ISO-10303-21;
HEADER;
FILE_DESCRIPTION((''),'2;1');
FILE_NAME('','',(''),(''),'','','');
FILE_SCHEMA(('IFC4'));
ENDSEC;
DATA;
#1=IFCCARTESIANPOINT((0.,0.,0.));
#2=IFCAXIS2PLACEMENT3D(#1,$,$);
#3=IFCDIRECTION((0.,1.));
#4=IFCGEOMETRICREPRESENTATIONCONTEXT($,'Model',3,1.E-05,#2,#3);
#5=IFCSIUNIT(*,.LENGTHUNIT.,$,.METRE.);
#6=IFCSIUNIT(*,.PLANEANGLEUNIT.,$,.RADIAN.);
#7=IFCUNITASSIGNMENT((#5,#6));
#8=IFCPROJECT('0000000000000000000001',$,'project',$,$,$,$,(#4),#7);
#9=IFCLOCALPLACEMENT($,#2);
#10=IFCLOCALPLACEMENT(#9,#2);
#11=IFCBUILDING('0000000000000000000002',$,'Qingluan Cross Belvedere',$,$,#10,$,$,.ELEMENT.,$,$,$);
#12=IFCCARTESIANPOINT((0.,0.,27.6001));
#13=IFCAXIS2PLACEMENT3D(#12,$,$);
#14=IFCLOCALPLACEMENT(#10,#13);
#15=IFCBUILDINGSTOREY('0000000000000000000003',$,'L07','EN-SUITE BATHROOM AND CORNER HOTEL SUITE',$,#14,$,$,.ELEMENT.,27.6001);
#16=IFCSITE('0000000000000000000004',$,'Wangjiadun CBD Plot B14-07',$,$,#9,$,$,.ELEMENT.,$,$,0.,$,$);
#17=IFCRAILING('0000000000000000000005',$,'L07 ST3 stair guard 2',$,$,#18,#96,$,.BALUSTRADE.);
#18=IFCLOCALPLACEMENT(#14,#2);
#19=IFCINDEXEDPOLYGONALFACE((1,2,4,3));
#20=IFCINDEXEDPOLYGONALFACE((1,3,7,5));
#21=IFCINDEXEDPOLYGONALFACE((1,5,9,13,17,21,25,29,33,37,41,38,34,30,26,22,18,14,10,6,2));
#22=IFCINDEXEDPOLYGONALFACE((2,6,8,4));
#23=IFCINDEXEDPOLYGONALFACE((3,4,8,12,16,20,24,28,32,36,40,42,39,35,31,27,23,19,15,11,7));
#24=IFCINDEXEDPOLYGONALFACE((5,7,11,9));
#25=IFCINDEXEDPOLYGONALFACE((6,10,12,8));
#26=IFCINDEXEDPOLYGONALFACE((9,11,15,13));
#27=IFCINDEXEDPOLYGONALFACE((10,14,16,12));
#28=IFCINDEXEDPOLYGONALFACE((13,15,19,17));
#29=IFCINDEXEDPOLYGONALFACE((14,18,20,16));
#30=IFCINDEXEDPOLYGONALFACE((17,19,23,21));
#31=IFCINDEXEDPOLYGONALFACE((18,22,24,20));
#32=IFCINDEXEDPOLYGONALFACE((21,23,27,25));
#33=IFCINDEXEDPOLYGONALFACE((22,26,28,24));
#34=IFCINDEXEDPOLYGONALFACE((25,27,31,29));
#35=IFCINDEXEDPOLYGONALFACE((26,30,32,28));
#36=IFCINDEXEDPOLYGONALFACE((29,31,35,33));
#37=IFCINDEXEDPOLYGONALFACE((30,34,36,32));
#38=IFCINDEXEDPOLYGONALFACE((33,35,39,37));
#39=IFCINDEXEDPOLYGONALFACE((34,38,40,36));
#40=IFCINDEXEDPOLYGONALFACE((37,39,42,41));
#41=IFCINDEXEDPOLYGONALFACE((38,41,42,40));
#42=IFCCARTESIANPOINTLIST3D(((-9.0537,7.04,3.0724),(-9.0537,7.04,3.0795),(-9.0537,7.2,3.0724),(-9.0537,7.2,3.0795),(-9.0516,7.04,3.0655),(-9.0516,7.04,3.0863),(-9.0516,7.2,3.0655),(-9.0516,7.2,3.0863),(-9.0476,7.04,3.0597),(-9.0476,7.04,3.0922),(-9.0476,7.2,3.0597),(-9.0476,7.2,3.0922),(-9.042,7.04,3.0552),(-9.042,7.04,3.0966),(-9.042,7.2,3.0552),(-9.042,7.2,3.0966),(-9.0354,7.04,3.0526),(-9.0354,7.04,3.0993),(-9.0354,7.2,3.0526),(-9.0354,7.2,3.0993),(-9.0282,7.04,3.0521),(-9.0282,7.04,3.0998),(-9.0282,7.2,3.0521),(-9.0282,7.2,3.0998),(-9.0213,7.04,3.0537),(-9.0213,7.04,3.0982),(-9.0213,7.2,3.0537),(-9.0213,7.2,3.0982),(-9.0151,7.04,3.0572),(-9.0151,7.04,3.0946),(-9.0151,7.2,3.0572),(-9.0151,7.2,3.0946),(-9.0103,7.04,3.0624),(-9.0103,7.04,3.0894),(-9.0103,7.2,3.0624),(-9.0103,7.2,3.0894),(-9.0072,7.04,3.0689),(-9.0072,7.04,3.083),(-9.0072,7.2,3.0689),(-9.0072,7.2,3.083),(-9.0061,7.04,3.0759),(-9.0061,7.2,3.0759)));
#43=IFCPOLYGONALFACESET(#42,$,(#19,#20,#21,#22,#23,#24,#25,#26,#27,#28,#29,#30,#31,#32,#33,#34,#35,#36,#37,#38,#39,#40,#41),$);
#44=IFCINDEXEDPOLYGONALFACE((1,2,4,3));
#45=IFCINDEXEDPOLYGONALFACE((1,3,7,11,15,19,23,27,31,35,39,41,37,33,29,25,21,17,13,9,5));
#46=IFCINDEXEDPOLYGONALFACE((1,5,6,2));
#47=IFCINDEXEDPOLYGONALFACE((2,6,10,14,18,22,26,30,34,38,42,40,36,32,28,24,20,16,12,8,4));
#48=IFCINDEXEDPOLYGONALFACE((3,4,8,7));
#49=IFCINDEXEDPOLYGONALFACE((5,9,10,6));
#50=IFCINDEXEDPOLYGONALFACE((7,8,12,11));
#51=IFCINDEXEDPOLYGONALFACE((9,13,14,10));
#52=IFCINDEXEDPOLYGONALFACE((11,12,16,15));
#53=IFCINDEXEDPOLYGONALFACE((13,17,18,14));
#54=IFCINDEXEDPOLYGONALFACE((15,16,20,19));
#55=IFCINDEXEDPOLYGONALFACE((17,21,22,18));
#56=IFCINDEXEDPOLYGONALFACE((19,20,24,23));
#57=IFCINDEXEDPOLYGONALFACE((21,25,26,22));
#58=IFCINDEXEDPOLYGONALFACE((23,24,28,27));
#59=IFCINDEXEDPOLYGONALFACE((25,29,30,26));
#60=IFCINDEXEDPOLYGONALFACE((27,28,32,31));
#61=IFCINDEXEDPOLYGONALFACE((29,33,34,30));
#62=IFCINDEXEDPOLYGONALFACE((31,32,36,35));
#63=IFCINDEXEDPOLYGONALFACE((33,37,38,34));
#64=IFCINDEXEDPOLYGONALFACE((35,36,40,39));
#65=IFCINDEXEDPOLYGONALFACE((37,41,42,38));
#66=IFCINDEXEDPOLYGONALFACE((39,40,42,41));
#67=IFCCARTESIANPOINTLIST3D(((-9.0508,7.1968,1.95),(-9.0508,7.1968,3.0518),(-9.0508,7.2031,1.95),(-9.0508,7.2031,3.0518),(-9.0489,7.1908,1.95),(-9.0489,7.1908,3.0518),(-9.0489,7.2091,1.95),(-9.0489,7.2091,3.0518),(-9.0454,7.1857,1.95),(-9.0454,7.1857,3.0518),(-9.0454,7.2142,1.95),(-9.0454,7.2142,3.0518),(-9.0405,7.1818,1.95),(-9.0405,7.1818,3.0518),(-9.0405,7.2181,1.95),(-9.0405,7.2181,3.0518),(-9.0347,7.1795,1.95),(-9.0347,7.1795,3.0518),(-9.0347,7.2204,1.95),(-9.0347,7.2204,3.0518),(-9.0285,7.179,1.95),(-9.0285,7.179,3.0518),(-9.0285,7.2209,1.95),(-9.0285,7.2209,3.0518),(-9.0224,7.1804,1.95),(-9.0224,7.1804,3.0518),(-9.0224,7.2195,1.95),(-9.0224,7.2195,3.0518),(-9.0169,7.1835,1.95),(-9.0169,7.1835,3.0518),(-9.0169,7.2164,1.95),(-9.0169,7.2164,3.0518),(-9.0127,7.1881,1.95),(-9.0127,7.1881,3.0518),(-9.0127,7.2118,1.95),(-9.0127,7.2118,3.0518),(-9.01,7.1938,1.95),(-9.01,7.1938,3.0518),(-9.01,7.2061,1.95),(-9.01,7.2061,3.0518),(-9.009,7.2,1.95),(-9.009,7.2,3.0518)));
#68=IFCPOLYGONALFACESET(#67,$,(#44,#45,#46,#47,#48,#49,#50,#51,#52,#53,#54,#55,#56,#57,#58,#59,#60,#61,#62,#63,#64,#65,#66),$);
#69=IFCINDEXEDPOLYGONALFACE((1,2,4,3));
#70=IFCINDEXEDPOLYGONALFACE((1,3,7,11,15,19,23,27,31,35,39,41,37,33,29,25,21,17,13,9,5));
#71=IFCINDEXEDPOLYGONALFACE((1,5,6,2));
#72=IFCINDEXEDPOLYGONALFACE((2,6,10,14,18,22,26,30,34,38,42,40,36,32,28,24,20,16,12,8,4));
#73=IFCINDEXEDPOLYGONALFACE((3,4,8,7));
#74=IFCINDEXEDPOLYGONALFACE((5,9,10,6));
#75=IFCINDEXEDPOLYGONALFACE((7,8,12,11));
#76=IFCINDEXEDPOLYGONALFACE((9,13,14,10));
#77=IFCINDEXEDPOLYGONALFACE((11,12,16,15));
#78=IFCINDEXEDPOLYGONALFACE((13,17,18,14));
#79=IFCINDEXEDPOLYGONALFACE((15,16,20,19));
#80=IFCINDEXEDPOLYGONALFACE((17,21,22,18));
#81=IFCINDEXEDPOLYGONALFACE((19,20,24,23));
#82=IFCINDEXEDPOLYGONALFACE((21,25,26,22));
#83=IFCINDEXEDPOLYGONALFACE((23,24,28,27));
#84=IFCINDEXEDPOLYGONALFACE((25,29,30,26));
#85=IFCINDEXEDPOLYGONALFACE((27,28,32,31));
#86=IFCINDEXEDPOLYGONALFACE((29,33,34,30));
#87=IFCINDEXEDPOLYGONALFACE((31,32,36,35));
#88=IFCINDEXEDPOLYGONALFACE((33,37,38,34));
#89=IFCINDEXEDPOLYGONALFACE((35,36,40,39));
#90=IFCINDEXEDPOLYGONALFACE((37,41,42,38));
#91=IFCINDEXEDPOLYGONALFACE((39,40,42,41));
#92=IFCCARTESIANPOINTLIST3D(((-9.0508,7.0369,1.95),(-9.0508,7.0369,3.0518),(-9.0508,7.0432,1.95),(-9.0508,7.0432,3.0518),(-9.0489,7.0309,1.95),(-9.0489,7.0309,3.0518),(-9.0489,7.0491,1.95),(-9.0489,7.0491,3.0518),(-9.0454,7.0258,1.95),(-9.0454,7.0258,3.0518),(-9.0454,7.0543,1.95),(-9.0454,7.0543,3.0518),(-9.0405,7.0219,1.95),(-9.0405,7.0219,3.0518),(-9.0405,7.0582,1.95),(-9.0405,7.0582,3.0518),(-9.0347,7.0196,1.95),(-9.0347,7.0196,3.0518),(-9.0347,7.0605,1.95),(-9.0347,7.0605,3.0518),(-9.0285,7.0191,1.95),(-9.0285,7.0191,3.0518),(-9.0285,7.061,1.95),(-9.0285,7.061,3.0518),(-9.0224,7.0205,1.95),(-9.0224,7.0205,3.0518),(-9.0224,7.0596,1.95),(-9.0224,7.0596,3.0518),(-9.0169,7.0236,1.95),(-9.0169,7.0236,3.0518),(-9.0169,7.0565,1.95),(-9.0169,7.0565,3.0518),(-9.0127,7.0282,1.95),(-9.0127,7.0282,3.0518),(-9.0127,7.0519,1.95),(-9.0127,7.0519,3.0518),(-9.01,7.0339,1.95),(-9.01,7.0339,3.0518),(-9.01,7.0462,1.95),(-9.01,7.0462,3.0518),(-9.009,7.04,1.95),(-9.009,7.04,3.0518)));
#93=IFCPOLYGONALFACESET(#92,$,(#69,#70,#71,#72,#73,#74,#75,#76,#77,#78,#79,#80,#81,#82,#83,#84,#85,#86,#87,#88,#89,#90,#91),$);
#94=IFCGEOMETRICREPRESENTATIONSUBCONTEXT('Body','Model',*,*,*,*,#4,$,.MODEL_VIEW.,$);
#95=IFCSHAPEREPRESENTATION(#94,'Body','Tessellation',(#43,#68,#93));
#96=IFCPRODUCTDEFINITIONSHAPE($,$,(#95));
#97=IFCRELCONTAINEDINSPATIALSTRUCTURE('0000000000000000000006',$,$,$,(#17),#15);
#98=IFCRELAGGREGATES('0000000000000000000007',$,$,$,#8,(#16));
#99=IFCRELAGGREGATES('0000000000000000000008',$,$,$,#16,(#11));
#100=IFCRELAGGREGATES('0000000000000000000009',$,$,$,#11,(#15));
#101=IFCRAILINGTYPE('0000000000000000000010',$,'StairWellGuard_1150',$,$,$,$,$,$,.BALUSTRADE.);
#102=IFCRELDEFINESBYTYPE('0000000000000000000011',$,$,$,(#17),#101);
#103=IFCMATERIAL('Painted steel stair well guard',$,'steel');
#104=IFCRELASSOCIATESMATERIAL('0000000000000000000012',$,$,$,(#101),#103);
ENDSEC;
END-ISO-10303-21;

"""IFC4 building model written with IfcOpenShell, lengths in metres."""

from ifc_helpers import new_model, si_unit, direction, frame, origin, origin_2d, place, context, subcontext, project, spatial, circle, extrude, material, type_object, element, save


model = new_model("IFC4")

# Units and contexts
model_context = context("Model", 3, precision=1e-05, world=origin(), true_north=direction((0.0, 1.0)))
body_context = subcontext(model_context, "Body", "Model", "MODEL_VIEW")
ifc_project = project(units=[si_unit("LENGTHUNIT", "METRE"), si_unit("PLANEANGLEUNIT", "RADIAN")], contexts=[model_context])

# Site, building, storey
site_placement = place(None, origin())
site = spatial("IfcSite", under=ifc_project, at=site_placement, Name="Wangjiadun CBD Plot B14-07", CompositionType="ELEMENT", RefElevation=0.0)
building_placement = place(site_placement, origin())
building = spatial("IfcBuilding", under=site, at=building_placement, Name="Qingluan Cross Belvedere", CompositionType="ELEMENT")
storey_placement = place(building_placement, frame((0.0, 0.0, 27.6001)))
storey = spatial("IfcBuildingStorey", under=building, at=storey_placement, Name="L07", Description="EN-SUITE BATHROOM AND CORNER HOTEL SUITE", CompositionType="ELEMENT", Elevation=27.6001)

# Railing
ifc_material_1 = material(Name="Painted steel stair well guard", Category="steel")
railing_type_1 = type_object("IfcRailingType", Name="StairWellGuard_1150", PredefinedType="BALUSTRADE", material=ifc_material_1)
railing_1_placement = place(storey_placement, frame((-9.03, 7.2, 1.95)))
element("IfcRailing", 1, at=railing_1_placement, inside=storey, type_object=railing_type_1, Name="L07 ST3 stair guard 2", PredefinedType="BALUSTRADE", context=body_context, shape_type="SweptSolid", body=[
    extrude(circle(Radius=0.0239, at=origin_2d()), frame((0.0, 0.0, 1.126), z_axis=(0.0, -1.0, 0.0), x_axis=(1.0, 0.0, 0.0)), (0.0, 0.0, 1.0), 0.1599),
    extrude(circle(Radius=0.021, at=origin_2d()), origin(), (0.0, 0.0, 1.0), 1.1018),
    extrude(circle(Radius=0.021, at=origin_2d()), frame((0.0, -0.1599, 0.0)), (0.0, 0.0, 1.0), 1.1018),
])

save(model, "model.ifc")
